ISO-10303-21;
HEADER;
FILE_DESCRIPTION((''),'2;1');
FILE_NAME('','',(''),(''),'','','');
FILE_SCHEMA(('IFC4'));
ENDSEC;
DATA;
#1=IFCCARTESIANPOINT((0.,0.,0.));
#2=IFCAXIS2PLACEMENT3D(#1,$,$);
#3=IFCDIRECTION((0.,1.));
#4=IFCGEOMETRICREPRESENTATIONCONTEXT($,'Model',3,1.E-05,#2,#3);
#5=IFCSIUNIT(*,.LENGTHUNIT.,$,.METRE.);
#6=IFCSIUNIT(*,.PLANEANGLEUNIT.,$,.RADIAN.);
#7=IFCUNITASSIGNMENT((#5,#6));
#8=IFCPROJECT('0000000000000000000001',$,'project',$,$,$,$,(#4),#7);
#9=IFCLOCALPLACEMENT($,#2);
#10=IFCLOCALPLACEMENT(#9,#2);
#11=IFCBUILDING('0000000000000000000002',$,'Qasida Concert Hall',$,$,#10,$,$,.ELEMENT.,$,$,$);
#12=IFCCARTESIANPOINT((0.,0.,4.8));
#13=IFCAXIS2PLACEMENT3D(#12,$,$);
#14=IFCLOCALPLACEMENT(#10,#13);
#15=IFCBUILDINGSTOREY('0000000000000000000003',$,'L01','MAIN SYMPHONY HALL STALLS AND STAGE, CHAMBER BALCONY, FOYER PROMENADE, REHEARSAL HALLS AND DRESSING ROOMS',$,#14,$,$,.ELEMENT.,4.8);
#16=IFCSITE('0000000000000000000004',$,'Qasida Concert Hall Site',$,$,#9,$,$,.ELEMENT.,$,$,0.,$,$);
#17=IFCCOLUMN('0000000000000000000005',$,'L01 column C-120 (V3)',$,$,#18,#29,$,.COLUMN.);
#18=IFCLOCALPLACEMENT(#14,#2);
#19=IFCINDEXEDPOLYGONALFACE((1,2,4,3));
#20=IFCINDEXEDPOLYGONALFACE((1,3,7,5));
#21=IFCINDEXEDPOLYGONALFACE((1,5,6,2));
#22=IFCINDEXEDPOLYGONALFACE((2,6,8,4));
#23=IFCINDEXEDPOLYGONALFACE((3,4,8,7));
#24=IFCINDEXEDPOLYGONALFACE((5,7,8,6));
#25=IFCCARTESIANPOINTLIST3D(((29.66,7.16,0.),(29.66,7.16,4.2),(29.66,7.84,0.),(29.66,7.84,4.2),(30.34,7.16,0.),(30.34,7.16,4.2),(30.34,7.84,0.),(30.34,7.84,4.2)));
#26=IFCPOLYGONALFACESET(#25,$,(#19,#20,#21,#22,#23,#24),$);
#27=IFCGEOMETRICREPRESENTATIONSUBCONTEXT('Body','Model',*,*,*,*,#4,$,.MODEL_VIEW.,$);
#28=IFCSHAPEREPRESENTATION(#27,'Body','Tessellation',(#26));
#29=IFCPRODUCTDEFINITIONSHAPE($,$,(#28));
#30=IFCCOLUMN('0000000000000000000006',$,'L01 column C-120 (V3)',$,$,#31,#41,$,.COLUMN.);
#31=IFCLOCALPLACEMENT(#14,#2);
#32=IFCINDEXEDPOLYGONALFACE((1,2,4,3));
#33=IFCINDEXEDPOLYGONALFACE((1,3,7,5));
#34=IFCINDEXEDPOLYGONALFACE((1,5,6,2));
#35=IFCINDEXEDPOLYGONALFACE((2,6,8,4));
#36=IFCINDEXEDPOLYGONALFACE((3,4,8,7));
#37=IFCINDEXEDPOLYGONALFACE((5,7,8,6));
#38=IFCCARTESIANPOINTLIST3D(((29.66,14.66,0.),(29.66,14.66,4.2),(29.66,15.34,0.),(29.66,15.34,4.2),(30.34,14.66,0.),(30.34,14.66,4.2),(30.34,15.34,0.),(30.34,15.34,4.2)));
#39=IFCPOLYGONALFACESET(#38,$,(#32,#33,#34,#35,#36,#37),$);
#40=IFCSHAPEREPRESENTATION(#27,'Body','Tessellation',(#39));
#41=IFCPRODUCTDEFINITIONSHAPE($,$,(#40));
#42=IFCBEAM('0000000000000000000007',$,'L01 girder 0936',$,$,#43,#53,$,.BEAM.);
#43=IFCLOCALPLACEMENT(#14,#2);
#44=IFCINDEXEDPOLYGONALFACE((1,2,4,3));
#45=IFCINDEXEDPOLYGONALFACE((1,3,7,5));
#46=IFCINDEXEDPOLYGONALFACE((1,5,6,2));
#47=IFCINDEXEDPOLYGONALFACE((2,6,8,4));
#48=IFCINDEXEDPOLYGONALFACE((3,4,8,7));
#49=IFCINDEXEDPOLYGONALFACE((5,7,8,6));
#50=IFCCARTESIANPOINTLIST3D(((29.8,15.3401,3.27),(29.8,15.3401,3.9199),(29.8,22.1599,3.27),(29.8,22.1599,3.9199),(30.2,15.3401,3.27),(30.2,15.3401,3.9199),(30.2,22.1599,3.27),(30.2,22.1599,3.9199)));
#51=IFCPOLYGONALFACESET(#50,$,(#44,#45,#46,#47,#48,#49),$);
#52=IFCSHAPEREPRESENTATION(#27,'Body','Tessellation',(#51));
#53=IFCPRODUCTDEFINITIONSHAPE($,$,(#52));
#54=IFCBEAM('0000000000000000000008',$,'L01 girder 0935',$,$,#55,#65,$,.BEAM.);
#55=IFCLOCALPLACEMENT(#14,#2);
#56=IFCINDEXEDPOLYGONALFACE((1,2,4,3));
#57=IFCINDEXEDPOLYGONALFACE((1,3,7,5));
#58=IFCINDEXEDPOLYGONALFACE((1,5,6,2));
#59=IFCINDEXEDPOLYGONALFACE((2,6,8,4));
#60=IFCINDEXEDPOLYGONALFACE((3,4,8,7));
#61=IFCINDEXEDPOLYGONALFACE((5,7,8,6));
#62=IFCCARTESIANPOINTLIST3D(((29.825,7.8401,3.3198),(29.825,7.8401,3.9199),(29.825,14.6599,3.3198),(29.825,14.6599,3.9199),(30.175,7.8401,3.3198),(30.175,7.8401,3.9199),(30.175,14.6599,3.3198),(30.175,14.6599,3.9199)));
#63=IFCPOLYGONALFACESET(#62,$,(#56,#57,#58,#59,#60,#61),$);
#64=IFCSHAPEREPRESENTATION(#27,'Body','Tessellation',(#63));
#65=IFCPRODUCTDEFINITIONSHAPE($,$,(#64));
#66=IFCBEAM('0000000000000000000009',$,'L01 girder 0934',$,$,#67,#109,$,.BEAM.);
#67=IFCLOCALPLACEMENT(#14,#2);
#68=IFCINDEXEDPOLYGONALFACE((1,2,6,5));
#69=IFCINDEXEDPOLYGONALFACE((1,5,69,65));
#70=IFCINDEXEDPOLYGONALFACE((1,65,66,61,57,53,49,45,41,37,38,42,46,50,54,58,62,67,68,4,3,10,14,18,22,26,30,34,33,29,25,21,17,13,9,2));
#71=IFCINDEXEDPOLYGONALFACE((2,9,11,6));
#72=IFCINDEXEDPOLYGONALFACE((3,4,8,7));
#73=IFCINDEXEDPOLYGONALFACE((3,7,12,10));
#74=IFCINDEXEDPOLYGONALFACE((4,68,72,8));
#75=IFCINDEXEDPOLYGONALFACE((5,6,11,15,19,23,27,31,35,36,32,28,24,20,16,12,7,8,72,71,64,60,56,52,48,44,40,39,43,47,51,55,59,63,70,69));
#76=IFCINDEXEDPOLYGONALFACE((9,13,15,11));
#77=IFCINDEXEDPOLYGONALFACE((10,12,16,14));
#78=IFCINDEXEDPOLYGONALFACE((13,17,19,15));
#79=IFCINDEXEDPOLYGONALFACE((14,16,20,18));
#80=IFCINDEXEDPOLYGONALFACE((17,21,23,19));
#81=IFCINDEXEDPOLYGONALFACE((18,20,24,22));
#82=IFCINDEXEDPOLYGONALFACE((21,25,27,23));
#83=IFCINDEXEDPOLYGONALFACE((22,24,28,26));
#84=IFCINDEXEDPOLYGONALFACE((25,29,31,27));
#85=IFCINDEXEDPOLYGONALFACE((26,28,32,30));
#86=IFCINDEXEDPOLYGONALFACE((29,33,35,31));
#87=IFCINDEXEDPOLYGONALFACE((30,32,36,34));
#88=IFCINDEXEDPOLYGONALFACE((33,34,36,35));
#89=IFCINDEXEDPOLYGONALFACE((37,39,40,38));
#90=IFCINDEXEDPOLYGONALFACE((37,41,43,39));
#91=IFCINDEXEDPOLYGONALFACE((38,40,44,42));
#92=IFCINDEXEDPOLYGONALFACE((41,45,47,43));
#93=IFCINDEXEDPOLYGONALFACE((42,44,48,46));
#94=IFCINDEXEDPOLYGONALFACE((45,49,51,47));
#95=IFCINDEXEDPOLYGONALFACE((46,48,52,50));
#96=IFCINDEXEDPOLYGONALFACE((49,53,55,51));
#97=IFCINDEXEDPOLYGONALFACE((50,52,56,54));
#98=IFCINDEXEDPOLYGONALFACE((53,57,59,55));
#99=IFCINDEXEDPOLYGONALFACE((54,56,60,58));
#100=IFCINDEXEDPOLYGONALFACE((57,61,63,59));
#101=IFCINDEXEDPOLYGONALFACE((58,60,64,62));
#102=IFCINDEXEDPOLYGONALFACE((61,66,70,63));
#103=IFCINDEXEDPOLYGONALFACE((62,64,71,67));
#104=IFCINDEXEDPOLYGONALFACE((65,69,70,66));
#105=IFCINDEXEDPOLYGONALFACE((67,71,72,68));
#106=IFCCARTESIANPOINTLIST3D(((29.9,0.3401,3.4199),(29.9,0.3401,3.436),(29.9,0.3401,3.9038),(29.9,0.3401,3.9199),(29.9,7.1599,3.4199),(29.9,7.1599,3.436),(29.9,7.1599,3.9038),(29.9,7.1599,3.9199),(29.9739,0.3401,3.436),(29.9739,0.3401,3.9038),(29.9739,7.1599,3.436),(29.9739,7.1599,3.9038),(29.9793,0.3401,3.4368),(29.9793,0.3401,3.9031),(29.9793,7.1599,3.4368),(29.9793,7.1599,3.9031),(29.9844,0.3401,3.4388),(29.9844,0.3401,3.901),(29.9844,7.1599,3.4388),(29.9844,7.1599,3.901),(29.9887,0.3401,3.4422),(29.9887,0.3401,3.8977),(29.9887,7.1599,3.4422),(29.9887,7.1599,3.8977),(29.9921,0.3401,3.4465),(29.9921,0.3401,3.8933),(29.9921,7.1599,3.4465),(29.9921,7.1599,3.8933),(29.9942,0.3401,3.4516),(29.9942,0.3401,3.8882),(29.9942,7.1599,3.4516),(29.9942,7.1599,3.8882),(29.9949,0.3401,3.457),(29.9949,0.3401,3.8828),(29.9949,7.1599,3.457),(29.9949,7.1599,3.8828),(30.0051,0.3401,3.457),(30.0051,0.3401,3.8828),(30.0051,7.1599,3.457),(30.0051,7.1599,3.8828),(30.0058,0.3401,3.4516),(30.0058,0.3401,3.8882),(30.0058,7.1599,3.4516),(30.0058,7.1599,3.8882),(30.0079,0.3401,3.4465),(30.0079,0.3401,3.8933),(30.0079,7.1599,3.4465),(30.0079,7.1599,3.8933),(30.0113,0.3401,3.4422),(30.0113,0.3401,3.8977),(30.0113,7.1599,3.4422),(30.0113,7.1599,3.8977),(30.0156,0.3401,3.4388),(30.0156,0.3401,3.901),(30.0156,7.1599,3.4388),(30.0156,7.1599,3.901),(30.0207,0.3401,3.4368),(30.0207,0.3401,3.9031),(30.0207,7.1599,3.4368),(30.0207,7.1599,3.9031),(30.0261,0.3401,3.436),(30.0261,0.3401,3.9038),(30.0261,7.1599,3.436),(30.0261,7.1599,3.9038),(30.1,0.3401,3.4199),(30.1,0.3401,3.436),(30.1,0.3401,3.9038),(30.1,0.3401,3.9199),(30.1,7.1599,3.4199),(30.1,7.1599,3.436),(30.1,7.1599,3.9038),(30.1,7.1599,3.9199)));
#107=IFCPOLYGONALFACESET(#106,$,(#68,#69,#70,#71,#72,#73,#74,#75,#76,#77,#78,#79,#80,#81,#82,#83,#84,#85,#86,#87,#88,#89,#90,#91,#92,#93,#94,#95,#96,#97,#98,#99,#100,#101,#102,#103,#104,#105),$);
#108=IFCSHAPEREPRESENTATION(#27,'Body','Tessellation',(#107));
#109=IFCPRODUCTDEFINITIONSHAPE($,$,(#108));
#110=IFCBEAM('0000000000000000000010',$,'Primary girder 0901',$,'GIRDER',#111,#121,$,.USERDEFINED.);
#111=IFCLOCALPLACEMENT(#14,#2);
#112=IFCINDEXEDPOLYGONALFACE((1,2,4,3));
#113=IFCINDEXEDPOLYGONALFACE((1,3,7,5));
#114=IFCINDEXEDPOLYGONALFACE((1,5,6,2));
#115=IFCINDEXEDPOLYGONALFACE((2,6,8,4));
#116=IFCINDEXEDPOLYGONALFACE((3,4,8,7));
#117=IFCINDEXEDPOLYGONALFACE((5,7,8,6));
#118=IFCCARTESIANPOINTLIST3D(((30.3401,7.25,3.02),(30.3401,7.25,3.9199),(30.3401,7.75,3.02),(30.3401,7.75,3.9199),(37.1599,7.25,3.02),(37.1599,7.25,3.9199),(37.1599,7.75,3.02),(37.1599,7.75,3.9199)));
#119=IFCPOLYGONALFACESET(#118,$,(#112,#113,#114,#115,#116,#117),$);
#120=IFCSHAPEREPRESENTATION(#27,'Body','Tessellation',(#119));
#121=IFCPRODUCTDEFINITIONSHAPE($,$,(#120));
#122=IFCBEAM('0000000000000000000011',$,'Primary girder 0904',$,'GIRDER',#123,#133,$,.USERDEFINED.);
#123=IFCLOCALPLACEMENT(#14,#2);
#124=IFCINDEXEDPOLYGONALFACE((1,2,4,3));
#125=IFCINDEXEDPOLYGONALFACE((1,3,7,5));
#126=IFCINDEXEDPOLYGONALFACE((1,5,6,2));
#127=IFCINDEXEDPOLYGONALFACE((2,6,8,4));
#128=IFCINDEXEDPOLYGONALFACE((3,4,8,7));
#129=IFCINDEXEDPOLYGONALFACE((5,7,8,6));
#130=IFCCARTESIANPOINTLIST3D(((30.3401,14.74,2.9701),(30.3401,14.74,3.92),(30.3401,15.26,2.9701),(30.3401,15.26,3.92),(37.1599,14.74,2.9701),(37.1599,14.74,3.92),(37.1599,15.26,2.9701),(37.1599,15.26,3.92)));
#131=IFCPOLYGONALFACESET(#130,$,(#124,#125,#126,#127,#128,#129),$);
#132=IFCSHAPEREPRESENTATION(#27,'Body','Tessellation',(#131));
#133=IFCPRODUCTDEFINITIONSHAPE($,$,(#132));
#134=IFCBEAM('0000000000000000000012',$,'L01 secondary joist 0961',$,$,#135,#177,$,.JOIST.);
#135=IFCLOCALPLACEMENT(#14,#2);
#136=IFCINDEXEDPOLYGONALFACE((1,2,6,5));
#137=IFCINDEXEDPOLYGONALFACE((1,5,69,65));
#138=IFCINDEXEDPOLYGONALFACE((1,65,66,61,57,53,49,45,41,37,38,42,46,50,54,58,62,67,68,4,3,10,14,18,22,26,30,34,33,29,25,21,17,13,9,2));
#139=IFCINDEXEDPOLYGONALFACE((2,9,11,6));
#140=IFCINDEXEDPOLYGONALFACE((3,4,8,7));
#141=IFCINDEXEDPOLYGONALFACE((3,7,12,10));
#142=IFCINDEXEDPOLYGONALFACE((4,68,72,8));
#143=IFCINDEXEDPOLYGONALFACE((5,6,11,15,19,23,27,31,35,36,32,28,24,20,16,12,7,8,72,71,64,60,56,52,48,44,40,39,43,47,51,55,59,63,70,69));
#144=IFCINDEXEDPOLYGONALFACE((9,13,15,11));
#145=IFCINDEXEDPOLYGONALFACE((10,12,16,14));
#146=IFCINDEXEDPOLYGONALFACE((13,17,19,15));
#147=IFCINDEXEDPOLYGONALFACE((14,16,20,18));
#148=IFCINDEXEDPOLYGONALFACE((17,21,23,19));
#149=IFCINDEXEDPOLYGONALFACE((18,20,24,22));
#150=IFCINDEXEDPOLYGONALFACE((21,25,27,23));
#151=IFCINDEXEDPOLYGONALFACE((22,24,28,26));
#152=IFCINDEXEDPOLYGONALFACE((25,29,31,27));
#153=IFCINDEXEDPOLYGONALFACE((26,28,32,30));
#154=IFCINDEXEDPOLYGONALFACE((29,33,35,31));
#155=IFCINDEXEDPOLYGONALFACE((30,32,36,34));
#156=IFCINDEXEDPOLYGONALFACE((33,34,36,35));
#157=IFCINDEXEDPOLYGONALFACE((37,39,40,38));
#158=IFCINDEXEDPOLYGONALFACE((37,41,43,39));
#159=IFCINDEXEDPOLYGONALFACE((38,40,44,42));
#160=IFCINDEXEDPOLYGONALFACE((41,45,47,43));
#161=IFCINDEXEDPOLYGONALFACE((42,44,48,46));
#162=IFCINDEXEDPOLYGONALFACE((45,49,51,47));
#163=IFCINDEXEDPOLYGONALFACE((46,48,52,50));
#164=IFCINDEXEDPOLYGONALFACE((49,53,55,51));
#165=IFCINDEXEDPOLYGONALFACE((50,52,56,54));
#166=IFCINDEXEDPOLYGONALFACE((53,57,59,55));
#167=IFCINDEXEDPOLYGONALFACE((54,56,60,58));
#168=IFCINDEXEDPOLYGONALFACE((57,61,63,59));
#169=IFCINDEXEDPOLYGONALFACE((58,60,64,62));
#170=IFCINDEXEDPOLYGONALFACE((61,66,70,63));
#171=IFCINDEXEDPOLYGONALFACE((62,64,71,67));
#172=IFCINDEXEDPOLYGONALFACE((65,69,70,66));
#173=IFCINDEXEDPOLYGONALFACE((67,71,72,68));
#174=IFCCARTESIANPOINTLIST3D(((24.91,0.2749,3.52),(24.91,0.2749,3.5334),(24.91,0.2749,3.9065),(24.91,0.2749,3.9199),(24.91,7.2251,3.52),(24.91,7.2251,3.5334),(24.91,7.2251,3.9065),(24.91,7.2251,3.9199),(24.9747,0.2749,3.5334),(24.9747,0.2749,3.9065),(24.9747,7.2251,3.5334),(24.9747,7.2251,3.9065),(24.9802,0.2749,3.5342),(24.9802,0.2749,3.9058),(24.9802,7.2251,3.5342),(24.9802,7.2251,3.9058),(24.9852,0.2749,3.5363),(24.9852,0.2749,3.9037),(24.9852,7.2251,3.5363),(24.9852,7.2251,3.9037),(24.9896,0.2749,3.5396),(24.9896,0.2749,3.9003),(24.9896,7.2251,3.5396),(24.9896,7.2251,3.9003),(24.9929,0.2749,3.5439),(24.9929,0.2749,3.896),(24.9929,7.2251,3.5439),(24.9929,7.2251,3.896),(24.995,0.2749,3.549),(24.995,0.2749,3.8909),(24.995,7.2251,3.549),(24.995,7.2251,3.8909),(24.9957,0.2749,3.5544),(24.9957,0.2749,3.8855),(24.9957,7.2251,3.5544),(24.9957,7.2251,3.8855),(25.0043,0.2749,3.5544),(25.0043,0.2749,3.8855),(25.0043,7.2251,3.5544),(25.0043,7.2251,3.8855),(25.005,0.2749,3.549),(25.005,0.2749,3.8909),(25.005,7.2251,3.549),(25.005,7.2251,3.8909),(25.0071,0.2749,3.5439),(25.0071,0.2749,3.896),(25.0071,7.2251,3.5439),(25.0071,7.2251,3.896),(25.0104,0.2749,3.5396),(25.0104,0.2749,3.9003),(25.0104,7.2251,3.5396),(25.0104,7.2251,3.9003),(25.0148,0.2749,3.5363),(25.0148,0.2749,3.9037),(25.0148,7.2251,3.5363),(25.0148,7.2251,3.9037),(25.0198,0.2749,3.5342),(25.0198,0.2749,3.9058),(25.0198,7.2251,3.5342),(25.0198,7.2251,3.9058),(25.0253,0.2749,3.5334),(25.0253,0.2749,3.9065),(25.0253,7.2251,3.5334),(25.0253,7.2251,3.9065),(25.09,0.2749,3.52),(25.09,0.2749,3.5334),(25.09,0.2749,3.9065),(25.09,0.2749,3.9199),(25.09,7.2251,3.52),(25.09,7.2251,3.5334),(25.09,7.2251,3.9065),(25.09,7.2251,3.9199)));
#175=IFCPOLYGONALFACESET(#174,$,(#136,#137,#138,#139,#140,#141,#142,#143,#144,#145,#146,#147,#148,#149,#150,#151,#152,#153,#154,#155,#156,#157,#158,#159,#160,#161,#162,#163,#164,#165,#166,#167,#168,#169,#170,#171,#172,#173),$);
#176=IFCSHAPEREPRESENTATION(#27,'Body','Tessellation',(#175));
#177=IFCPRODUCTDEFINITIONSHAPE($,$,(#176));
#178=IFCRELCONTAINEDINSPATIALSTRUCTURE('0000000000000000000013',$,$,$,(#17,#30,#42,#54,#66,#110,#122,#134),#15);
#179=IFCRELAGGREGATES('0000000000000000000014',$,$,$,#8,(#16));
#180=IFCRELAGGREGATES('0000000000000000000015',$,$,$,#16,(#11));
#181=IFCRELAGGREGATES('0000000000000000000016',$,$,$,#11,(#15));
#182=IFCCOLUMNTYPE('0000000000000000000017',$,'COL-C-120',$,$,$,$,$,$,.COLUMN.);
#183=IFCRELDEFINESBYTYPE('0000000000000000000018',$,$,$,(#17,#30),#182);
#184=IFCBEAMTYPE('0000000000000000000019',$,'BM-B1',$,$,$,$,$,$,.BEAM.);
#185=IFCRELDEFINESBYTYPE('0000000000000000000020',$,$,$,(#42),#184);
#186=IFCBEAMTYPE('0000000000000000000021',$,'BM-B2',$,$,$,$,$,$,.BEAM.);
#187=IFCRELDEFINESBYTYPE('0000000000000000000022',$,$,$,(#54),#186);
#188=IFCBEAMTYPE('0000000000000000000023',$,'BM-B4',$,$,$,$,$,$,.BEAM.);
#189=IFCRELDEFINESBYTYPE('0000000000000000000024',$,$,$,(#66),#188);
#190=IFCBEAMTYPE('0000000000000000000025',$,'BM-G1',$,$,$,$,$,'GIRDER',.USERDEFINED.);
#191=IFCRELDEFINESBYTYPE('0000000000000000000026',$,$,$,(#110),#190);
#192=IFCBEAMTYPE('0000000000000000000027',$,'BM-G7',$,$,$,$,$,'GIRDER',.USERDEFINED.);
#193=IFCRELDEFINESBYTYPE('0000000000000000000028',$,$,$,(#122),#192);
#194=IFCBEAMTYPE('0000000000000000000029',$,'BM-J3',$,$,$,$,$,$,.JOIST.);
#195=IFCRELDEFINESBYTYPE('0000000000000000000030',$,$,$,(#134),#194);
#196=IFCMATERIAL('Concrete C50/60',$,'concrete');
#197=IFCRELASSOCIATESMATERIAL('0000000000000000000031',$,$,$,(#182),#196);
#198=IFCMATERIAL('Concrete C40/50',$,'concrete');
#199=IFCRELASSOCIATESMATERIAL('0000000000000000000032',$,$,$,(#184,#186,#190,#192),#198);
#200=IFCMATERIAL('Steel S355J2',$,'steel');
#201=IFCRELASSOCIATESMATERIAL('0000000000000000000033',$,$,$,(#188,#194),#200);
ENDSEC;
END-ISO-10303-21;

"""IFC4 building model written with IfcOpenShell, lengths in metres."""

from ifc_helpers import new_model, si_unit, direction, frame, origin, origin_2d, place, context, subcontext, project, spatial, rectangle, i_section, extrude, material, material_profile, profile_set, type_object, element, save


model = new_model("IFC4")

# Units and contexts
model_context = context("Model", 3, precision=1e-05, world=origin(), true_north=direction((0.0, 1.0)))
body_context = subcontext(model_context, "Body", "Model", "MODEL_VIEW")
ifc_project = project(units=[si_unit("LENGTHUNIT", "METRE"), si_unit("PLANEANGLEUNIT", "RADIAN")], contexts=[model_context])

# Site, building, storey
site_placement = place(None, origin())
site = spatial("IfcSite", under=ifc_project, at=site_placement, Name="Qasida Concert Hall Site", CompositionType="ELEMENT", RefElevation=0.0)
building_placement = place(site_placement, origin())
building = spatial("IfcBuilding", under=site, at=building_placement, Name="Qasida Concert Hall", CompositionType="ELEMENT")
storey_placement = place(building_placement, frame((0.0, 0.0, 4.8)))
storey = spatial("IfcBuildingStorey", under=building, at=storey_placement, Name="L01", Description="MAIN SYMPHONY HALL STALLS AND STAGE, CHAMBER BALCONY, FOYER PROMENADE, REHEARSAL HALLS AND DRESSING ROOMS", CompositionType="ELEMENT", Elevation=4.8)

# Columns
ifc_material_1 = material(Name="Concrete C50/60", Category="concrete")
ifc_material_profile_1 = material_profile(ifc_material_1, rectangle(XDim=0.6799, YDim=0.6799, at=origin_2d()), Name="RC 680x680")
ifc_profile_set_1 = profile_set([ifc_material_profile_1], Name="Concrete C50/60")
column_type = type_object("IfcColumnType", Name="COL-C-120", PredefinedType="COLUMN", material=ifc_profile_set_1)
for number, where, z_axis, x_axis, name in (
    (1, (30.0, 7.5, 0.0), (0.0, 0.0, 1.0), (1.0, 0.0, 0.0), "L01 column C-120 (V3)"),
    (2, (30.0, 15.0, 0.0), (0.0, 0.0, 1.0), (1.0, 0.0, 0.0), "L01 column C-120 (V3)"),
):
    element("IfcColumn", number, at=place(storey_placement, frame(where, z_axis=z_axis, x_axis=x_axis)), inside=storey, type_object=column_type, Name=name, PredefinedType="COLUMN", context=body_context, shape_type="SweptSolid", body=[
        extrude(rectangle(XDim=0.6799, YDim=0.6799, at=origin_2d()), origin(), (0.0, 0.0, 1.0), 4.2),
    ])

# Beams
ifc_material_2 = material(Name="Concrete C40/50", Category="concrete")
ifc_material_profile_2 = material_profile(ifc_material_2, rectangle(XDim=0.3999, YDim=0.6499, at=origin_2d()), Name="RC 400x650")
ifc_profile_set_2 = profile_set([ifc_material_profile_2], Name="Concrete C40/50")
beam_type_1 = type_object("IfcBeamType", Name="BM-B1", PredefinedType="BEAM", material=ifc_profile_set_2)
beam_1_placement = place(storey_placement, frame((30.0, 15.3401, 3.595), z_axis=(0.0, 1.0, 0.0), x_axis=(-1.0, 0.0, 0.0)))
element("IfcBeam", 3, at=beam_1_placement, inside=storey, type_object=beam_type_1, Name="L01 girder 0936", PredefinedType="BEAM", context=body_context, shape_type="SweptSolid", body=[
    extrude(rectangle(XDim=0.3999, YDim=0.6499, at=origin_2d()), origin(), (0.0, 0.0, 1.0), 6.8198),
])
ifc_material_profile_3 = material_profile(ifc_material_2, rectangle(XDim=0.3501, YDim=0.6001, at=origin_2d()), Name="RC 350x600")
ifc_profile_set_3 = profile_set([ifc_material_profile_3], Name="Concrete C40/50")
beam_type_2 = type_object("IfcBeamType", Name="BM-B2", PredefinedType="BEAM", material=ifc_profile_set_3)
beam_2_placement = place(storey_placement, frame((30.0, 7.8401, 3.6199), z_axis=(0.0, 1.0, 0.0), x_axis=(-1.0, 0.0, 0.0)))
element("IfcBeam", 4, at=beam_2_placement, inside=storey, type_object=beam_type_2, Name="L01 girder 0935", PredefinedType="BEAM", context=body_context, shape_type="SweptSolid", body=[
    extrude(rectangle(XDim=0.3501, YDim=0.6001, at=origin_2d()), origin(), (0.0, 0.0, 1.0), 6.8198),
])
ifc_material_3 = material(Name="Steel S355J2", Category="steel")
ifc_material_profile_4 = material_profile(ifc_material_3, i_section(OverallWidth=0.2, OverallDepth=0.5, WebThickness=0.0103, FlangeThickness=0.0161, FilletRadius=0.021, at=origin_2d()), Name="IPE 500")
ifc_profile_set_4 = profile_set([ifc_material_profile_4], Name="Steel S355J2")
beam_type_3 = type_object("IfcBeamType", Name="BM-B4", PredefinedType="BEAM", material=ifc_profile_set_4)
beam_3_placement = place(storey_placement, frame((30.0, 0.3401, 3.6699), z_axis=(0.0, 1.0, 0.0), x_axis=(-1.0, 0.0, 0.0)))
element("IfcBeam", 5, at=beam_3_placement, inside=storey, type_object=beam_type_3, Name="L01 girder 0934", PredefinedType="BEAM", context=body_context, shape_type="SweptSolid", body=[
    extrude(i_section(OverallWidth=0.2, OverallDepth=0.5, WebThickness=0.0103, FlangeThickness=0.0161, FilletRadius=0.021, at=origin_2d()), origin(), (0.0, 0.0, 1.0), 6.8198),
])
ifc_material_profile_5 = material_profile(ifc_material_2, rectangle(XDim=0.5, YDim=0.8999, at=origin_2d()), Name="RC 500x900")
ifc_profile_set_5 = profile_set([ifc_material_profile_5], Name="Concrete C40/50")
beam_type_4 = type_object("IfcBeamType", Name="BM-G1", ElementType="GIRDER", PredefinedType="USERDEFINED", material=ifc_profile_set_5)
beam_4_placement = place(storey_placement, frame((30.3401, 7.5, 3.47), z_axis=(1.0, 0.0, 0.0), x_axis=(0.0, 1.0, 0.0)))
element("IfcBeam", 6, at=beam_4_placement, inside=storey, type_object=beam_type_4, Name="Primary girder 0901", ObjectType="GIRDER", PredefinedType="USERDEFINED", context=body_context, shape_type="SweptSolid", body=[
    extrude(rectangle(XDim=0.5, YDim=0.8999, at=origin_2d()), origin(), (0.0, 0.0, 1.0), 6.8198),
])
ifc_material_profile_6 = material_profile(ifc_material_2, rectangle(XDim=0.52, YDim=0.95, at=origin_2d()), Name="RC 520x950")
ifc_profile_set_6 = profile_set([ifc_material_profile_6], Name="Concrete C40/50")
beam_type_5 = type_object("IfcBeamType", Name="BM-G7", ElementType="GIRDER", PredefinedType="USERDEFINED", material=ifc_profile_set_6)
beam_5_placement = place(storey_placement, frame((30.3401, 15.0, 3.4451), z_axis=(1.0, 0.0, 0.0), x_axis=(0.0, 1.0, 0.0)))
element("IfcBeam", 7, at=beam_5_placement, inside=storey, type_object=beam_type_5, Name="Primary girder 0904", ObjectType="GIRDER", PredefinedType="USERDEFINED", context=body_context, shape_type="SweptSolid", body=[
    extrude(rectangle(XDim=0.52, YDim=0.95, at=origin_2d()), origin(), (0.0, 0.0, 1.0), 6.8198),
])
ifc_material_profile_7 = material_profile(ifc_material_3, i_section(OverallWidth=0.1799, OverallDepth=0.3999, WebThickness=0.0085, FlangeThickness=0.0134, FilletRadius=0.021, at=origin_2d()), Name="IPE 400")
ifc_profile_set_7 = profile_set([ifc_material_profile_7], Name="Steel S355J2")
beam_type_6 = type_object("IfcBeamType", Name="BM-J3", PredefinedType="JOIST", material=ifc_profile_set_7)
beam_6_placement = place(storey_placement, frame((25.0, 0.2749, 3.72), z_axis=(0.0, 1.0, 0.0), x_axis=(-1.0, 0.0, 0.0)))
element("IfcBeam", 8, at=beam_6_placement, inside=storey, type_object=beam_type_6, Name="L01 secondary joist 0961", PredefinedType="JOIST", context=body_context, shape_type="SweptSolid", body=[
    extrude(i_section(OverallWidth=0.1799, OverallDepth=0.3999, WebThickness=0.0085, FlangeThickness=0.0134, FilletRadius=0.021, at=origin_2d()), origin(), (0.0, 0.0, 1.0), 6.9502),
])

save(model, "model.ifc")
